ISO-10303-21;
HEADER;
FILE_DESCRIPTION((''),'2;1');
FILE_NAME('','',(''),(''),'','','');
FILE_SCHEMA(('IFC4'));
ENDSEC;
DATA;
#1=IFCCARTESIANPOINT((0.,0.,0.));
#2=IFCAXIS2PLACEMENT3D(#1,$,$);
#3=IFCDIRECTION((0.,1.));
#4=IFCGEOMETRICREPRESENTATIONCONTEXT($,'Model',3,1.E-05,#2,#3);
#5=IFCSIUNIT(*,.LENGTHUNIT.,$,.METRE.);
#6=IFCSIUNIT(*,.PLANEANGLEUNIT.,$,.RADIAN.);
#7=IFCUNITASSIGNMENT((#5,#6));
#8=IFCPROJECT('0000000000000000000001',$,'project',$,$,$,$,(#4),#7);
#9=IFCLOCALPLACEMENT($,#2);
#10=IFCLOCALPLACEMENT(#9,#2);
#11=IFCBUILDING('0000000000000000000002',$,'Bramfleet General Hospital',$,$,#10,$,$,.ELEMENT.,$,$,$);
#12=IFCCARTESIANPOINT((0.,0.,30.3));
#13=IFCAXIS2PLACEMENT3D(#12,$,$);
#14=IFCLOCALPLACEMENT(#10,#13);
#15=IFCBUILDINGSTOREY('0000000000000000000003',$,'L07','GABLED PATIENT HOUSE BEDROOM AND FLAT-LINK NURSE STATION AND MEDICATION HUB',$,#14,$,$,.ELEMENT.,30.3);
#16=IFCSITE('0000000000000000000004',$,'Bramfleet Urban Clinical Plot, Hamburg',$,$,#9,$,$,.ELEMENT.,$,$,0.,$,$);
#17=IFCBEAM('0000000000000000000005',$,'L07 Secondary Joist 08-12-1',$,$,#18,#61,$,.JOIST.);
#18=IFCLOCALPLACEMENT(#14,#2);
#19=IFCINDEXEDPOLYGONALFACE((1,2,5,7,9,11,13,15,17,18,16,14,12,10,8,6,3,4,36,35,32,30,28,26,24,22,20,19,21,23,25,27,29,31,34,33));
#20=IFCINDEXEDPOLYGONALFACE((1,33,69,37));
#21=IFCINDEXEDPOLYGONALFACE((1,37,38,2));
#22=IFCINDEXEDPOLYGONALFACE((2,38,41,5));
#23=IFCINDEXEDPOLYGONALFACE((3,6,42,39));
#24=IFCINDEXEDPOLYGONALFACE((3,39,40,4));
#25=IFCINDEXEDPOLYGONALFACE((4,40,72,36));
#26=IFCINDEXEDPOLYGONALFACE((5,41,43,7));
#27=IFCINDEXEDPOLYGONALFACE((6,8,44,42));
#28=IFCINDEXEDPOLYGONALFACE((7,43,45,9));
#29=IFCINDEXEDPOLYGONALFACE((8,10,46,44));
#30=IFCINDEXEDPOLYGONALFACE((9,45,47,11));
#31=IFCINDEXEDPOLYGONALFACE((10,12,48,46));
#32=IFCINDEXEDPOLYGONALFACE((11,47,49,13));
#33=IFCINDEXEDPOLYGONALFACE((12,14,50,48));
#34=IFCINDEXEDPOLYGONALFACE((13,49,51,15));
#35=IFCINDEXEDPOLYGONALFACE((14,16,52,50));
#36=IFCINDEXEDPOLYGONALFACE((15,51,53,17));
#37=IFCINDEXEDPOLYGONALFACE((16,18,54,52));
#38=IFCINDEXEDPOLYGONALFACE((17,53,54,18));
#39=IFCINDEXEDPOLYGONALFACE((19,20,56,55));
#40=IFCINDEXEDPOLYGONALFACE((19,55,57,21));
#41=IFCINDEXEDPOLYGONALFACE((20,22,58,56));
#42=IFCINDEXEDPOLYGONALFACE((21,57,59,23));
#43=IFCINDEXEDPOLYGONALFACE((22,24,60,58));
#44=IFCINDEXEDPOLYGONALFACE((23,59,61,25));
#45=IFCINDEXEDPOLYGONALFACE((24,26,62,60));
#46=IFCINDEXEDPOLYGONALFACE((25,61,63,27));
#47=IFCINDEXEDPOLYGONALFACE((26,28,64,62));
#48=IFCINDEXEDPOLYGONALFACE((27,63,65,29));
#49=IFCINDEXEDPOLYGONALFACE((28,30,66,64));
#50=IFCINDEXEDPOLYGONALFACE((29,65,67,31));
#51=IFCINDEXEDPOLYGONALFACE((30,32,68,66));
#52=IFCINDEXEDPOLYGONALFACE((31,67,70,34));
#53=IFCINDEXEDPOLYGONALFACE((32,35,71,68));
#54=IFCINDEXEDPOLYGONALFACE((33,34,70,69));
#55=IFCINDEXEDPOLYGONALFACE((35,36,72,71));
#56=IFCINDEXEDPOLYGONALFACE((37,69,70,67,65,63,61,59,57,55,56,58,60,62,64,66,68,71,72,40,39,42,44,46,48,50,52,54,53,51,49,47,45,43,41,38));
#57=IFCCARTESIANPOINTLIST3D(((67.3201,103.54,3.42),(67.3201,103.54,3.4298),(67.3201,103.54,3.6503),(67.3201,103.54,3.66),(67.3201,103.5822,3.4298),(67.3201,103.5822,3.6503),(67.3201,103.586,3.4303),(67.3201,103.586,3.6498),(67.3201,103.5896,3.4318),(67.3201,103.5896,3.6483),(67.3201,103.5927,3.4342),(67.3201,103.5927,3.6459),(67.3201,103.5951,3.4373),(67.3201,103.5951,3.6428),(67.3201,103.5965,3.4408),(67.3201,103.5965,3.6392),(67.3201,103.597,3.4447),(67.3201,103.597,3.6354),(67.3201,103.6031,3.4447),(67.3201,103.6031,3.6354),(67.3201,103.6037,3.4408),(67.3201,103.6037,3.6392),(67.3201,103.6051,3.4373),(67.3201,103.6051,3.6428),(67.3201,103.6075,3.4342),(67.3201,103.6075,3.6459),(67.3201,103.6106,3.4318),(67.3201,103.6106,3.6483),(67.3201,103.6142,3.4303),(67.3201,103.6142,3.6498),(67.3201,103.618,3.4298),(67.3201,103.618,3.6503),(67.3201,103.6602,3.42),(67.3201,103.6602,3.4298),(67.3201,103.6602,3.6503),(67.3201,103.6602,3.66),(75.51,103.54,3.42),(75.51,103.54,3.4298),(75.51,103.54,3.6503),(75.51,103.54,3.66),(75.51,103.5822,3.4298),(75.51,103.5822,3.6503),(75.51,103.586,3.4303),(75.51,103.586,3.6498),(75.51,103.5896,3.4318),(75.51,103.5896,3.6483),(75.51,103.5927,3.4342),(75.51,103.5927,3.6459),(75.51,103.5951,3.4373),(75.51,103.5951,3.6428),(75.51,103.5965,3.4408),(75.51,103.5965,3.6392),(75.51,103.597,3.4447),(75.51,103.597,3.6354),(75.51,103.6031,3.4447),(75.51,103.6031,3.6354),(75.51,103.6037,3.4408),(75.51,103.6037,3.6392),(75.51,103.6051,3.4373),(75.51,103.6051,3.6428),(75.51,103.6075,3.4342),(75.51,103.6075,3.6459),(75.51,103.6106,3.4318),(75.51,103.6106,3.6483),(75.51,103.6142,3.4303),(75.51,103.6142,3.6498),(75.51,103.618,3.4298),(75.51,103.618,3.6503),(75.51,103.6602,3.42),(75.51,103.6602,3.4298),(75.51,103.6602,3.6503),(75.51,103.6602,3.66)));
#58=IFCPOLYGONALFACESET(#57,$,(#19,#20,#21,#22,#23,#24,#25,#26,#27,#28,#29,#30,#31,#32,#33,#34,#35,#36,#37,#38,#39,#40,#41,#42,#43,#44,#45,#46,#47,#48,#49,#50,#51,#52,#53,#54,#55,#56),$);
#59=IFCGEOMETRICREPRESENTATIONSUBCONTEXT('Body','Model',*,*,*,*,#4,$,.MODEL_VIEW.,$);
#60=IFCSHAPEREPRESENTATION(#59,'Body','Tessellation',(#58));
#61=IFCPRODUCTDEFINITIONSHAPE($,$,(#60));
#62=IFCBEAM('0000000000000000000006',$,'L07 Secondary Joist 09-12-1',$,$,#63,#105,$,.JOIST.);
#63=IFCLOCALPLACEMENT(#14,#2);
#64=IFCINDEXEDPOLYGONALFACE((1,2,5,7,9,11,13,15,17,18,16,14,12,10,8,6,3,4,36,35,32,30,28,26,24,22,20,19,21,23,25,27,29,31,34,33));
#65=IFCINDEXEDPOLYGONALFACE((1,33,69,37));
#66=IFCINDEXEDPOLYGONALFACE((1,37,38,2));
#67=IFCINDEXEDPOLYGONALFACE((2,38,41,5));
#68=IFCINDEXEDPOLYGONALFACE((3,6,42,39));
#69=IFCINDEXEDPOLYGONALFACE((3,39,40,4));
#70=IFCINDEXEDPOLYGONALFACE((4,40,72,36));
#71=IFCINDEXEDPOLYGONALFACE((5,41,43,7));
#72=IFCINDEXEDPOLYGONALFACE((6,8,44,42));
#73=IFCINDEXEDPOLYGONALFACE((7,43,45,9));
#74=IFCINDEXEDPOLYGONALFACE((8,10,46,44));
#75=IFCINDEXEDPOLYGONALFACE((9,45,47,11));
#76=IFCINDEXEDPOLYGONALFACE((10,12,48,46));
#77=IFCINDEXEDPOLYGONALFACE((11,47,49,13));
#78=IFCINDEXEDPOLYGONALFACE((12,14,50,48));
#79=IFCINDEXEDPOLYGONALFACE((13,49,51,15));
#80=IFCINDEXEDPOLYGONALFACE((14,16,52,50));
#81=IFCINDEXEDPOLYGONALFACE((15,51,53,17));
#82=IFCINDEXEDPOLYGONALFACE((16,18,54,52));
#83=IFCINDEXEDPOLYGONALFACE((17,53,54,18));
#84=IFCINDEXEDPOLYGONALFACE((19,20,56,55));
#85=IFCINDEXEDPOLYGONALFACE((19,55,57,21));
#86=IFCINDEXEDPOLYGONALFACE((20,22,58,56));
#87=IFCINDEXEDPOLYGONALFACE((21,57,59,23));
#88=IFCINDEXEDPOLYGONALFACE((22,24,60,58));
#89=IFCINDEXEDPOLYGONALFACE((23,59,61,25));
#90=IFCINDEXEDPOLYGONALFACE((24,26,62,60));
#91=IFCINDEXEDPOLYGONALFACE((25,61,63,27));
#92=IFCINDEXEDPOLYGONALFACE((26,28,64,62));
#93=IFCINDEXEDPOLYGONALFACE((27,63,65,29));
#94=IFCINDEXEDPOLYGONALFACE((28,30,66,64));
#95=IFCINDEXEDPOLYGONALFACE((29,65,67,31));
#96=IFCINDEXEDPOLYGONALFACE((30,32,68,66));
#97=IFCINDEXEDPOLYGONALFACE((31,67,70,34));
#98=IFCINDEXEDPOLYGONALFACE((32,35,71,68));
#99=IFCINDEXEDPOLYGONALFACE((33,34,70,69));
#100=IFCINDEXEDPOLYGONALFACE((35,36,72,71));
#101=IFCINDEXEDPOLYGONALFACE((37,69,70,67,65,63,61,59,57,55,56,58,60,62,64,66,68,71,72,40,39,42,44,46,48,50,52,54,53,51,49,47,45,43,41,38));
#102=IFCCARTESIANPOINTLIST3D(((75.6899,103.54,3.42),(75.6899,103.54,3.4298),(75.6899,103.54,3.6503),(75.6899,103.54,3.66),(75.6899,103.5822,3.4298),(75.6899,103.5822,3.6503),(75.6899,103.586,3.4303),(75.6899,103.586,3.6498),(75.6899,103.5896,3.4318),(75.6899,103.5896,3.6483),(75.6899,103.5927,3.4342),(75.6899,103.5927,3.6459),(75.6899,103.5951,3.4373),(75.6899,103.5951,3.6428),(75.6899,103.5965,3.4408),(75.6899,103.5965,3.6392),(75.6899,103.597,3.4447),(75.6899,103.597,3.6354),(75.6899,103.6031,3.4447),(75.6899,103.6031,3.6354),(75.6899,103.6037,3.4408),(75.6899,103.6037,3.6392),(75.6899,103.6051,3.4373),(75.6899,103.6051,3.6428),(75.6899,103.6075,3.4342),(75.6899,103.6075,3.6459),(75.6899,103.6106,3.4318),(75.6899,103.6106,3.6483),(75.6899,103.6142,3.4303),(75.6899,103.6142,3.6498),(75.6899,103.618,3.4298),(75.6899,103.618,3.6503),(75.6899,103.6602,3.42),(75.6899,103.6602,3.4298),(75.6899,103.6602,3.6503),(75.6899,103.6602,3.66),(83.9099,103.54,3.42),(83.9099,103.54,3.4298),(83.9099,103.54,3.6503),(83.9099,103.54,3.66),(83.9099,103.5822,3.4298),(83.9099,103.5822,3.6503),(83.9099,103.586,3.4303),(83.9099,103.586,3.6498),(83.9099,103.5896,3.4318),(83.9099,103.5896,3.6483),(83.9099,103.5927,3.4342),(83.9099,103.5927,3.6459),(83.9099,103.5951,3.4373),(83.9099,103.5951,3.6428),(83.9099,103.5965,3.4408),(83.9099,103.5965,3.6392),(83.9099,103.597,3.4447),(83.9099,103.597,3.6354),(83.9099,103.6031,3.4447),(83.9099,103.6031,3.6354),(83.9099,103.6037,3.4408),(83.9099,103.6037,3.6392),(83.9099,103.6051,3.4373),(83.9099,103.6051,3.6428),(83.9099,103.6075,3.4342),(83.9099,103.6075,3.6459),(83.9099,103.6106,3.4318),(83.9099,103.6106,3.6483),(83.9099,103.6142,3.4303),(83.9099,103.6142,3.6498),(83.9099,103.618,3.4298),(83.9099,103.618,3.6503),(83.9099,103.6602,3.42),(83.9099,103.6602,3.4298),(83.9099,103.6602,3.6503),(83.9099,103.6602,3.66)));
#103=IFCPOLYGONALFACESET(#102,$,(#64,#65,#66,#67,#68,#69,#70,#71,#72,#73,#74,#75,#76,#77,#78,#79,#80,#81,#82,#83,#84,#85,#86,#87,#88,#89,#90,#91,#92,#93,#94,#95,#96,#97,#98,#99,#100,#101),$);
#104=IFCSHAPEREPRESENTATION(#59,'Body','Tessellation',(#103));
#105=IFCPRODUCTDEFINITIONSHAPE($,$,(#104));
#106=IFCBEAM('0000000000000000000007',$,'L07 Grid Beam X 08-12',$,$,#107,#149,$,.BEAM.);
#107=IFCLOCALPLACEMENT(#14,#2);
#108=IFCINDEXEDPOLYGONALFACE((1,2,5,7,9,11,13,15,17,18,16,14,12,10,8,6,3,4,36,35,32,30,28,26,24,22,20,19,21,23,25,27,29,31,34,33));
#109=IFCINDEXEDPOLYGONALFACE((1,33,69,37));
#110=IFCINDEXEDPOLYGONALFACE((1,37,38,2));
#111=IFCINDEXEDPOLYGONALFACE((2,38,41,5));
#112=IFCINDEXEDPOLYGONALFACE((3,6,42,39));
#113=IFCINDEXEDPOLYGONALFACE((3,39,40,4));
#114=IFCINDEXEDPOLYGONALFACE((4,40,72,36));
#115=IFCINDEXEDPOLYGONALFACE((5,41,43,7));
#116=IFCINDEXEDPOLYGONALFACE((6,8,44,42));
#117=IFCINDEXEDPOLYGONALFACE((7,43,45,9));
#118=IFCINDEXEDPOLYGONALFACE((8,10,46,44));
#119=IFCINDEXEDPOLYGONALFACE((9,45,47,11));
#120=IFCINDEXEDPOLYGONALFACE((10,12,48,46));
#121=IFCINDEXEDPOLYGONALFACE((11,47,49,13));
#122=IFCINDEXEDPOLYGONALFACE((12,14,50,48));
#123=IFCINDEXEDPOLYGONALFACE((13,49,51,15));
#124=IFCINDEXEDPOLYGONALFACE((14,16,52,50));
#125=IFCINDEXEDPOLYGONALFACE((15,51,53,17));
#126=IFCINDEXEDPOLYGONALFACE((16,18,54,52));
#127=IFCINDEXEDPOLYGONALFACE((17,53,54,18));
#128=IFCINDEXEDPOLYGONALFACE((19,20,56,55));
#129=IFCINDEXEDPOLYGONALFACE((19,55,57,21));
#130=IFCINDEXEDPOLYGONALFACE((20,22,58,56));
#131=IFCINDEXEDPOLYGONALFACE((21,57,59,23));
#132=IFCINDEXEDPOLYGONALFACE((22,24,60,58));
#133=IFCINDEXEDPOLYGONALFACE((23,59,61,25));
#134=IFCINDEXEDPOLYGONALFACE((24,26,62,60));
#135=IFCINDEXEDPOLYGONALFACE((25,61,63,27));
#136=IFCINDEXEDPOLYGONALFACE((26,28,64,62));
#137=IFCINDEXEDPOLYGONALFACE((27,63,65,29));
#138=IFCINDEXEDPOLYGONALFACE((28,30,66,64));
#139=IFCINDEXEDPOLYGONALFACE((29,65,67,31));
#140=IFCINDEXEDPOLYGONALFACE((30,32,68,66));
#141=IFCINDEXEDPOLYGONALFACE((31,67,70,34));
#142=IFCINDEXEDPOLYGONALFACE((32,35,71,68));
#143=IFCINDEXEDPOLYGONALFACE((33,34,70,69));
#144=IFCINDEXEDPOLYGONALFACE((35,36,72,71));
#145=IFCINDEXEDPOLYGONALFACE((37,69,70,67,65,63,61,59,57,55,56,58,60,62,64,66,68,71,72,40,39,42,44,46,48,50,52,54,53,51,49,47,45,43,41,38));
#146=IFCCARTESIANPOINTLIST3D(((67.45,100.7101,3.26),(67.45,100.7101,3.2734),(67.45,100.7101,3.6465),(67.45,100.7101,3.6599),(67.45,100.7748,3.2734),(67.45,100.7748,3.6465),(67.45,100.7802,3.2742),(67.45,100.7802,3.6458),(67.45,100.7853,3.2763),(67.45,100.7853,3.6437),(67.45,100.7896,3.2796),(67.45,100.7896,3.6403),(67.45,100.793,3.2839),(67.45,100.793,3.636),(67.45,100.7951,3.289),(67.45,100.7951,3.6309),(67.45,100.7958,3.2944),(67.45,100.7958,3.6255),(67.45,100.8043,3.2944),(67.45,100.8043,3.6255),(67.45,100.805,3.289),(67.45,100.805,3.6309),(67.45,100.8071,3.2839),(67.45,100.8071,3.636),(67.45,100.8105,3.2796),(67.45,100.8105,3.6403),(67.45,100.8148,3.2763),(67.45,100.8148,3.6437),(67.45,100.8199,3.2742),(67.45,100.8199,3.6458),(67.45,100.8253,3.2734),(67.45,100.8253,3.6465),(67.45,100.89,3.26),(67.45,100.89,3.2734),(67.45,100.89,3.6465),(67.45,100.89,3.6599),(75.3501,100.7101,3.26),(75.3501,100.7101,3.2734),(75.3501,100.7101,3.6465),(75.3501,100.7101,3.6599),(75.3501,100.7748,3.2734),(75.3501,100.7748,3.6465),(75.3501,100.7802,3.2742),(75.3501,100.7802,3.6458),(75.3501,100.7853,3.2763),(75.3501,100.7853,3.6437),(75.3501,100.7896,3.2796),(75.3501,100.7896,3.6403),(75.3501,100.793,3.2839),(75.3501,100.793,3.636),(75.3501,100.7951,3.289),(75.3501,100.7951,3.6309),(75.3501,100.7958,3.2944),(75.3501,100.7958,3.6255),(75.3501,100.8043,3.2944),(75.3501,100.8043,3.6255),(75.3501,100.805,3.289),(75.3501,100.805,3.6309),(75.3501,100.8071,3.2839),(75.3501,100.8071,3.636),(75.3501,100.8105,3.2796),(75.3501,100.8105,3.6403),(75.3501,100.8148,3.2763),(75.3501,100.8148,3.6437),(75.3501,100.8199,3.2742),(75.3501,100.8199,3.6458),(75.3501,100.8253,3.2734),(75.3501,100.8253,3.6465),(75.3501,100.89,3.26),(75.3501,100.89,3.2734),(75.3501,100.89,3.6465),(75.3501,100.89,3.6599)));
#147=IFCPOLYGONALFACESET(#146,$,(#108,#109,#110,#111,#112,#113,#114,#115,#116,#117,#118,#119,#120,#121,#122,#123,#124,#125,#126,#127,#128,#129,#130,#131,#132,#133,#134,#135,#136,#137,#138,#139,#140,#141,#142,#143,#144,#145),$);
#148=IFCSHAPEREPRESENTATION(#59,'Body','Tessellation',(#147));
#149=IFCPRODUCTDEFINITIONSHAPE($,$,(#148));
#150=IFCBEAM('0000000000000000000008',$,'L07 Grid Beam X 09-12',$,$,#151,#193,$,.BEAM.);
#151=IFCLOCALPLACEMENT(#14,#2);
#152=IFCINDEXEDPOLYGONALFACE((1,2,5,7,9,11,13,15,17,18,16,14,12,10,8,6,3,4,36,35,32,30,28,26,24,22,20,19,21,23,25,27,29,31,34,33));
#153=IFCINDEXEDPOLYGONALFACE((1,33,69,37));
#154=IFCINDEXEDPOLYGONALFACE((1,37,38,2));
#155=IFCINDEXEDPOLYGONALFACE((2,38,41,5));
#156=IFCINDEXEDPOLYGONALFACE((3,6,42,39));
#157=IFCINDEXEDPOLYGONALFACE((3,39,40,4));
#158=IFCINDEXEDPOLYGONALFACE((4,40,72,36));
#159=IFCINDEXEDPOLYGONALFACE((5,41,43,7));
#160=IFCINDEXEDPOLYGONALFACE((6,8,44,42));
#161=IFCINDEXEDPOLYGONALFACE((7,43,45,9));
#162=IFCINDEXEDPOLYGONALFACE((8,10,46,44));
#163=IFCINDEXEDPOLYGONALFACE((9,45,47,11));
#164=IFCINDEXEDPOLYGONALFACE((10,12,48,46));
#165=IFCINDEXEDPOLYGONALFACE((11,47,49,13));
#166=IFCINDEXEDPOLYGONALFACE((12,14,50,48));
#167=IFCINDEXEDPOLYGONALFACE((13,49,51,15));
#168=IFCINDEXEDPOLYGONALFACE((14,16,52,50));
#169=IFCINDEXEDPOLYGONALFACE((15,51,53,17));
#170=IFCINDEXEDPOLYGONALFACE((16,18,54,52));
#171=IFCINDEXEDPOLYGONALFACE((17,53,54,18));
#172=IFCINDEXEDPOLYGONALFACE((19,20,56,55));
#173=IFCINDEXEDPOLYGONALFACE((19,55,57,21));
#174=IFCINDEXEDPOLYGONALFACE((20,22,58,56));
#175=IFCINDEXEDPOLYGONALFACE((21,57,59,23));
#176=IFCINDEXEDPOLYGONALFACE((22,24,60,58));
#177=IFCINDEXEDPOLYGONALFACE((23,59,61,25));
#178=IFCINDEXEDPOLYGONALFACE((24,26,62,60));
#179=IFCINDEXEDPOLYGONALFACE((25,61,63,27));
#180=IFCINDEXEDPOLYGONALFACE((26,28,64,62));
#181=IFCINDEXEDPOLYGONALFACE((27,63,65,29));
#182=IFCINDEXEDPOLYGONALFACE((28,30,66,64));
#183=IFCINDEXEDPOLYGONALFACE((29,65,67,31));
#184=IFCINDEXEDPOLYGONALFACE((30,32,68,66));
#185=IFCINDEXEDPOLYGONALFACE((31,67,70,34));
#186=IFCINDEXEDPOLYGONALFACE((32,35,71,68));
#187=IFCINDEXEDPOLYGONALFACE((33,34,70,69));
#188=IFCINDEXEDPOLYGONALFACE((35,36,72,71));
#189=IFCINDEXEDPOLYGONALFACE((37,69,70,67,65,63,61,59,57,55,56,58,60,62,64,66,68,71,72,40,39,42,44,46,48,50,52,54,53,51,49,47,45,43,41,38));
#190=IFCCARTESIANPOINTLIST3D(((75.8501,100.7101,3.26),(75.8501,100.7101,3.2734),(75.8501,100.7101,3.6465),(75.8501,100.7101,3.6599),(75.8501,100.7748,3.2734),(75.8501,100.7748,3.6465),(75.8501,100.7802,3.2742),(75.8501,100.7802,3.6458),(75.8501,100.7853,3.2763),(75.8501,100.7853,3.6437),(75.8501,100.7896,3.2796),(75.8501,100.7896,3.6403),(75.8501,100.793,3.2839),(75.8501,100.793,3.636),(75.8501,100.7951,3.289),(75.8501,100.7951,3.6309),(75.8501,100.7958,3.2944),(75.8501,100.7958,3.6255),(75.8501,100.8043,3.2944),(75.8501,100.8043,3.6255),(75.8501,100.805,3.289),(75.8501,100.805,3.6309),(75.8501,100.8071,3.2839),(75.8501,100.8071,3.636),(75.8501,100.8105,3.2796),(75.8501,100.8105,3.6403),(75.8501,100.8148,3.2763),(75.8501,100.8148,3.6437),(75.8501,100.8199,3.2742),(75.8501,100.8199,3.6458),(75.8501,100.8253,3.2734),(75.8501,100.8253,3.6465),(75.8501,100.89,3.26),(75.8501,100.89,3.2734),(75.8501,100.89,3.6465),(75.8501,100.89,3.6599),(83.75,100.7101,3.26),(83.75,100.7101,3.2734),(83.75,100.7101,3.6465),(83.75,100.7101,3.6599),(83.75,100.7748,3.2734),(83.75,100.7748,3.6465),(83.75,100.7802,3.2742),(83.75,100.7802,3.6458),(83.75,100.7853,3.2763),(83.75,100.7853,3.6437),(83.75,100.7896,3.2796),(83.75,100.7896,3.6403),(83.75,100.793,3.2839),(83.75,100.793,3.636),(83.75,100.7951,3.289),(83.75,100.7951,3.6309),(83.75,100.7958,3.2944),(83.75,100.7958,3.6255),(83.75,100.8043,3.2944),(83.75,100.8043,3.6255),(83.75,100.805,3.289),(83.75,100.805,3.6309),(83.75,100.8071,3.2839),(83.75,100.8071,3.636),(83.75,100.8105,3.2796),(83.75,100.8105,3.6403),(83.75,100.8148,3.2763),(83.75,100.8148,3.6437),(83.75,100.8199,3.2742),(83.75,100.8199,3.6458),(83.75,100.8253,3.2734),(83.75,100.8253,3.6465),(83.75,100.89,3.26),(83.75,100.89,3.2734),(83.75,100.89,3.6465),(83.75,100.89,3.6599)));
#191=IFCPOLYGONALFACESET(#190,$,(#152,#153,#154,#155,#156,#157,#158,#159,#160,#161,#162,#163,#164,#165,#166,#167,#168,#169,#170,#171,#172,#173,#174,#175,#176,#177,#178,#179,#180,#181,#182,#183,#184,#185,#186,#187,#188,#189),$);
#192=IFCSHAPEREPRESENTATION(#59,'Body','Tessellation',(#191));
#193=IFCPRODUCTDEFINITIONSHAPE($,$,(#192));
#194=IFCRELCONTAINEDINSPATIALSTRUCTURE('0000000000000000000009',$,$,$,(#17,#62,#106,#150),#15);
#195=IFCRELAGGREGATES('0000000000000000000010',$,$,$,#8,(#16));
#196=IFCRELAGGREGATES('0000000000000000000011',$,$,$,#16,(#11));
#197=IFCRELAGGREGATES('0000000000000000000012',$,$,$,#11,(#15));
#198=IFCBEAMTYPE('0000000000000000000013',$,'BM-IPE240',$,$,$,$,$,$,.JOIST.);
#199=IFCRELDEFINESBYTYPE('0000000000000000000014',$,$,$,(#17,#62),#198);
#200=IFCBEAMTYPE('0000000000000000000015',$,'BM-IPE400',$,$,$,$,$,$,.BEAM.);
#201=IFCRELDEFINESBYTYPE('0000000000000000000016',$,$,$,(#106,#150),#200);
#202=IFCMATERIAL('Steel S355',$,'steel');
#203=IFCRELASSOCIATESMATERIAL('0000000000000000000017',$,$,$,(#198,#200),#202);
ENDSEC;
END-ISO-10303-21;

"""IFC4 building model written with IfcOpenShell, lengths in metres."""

from ifc_helpers import new_model, si_unit, direction, frame, origin, origin_2d, place, context, subcontext, project, spatial, i_section, extrude, material, material_profile, profile_set, type_object, element, save


model = new_model("IFC4")

# Units and contexts
model_context = context("Model", 3, precision=1e-05, world=origin(), true_north=direction((0.0, 1.0)))
body_context = subcontext(model_context, "Body", "Model", "MODEL_VIEW")
ifc_project = project(units=[si_unit("LENGTHUNIT", "METRE"), si_unit("PLANEANGLEUNIT", "RADIAN")], contexts=[model_context])

# Site, building, storey
site_placement = place(None, origin())
site = spatial("IfcSite", under=ifc_project, at=site_placement, Name="Bramfleet Urban Clinical Plot, Hamburg", CompositionType="ELEMENT", RefElevation=0.0)
building_placement = place(site_placement, origin())
building = spatial("IfcBuilding", under=site, at=building_placement, Name="Bramfleet General Hospital", CompositionType="ELEMENT")
storey_placement = place(building_placement, frame((0.0, 0.0, 30.3)))
storey = spatial("IfcBuildingStorey", under=building, at=storey_placement, Name="L07", Description="GABLED PATIENT HOUSE BEDROOM AND FLAT-LINK NURSE STATION AND MEDICATION HUB", CompositionType="ELEMENT", Elevation=30.3)

# Beams
ifc_material_1 = material(Name="Steel S355", Category="steel")
ifc_material_profile_1 = material_profile(ifc_material_1, i_section(OverallWidth=0.1201, OverallDepth=0.24, WebThickness=0.0061, FlangeThickness=0.0098, FilletRadius=0.0149, at=origin_2d()), Name="IPE 240")
ifc_profile_set_1 = profile_set([ifc_material_profile_1], Name="Steel S355")
beam_type_1 = type_object("IfcBeamType", Name="BM-IPE240", PredefinedType="JOIST", material=ifc_profile_set_1)
for number, where, z_axis, x_axis, name in (
    (1, (67.3201, 103.6001, 3.54), (1.0, 0.0, 0.0), (0.0, 1.0, 0.0), "L07 Secondary Joist 08-12-1"),
):
    element("IfcBeam", number, at=place(storey_placement, frame(where, z_axis=z_axis, x_axis=x_axis)), inside=storey, type_object=beam_type_1, Name=name, PredefinedType="JOIST", context=body_context, shape_type="SweptSolid", body=[
        extrude(i_section(OverallWidth=0.1201, OverallDepth=0.24, WebThickness=0.0061, FlangeThickness=0.0098, FilletRadius=0.0149, at=origin_2d()), origin(), (0.0, 0.0, 1.0), 8.1899),
    ])
beam_1_placement = place(storey_placement, frame((75.6899, 103.6001, 3.54), z_axis=(1.0, 0.0, 0.0), x_axis=(0.0, 1.0, 0.0)))
element("IfcBeam", 2, at=beam_1_placement, inside=storey, type_object=beam_type_1, Name="L07 Secondary Joist 09-12-1", PredefinedType="JOIST", context=body_context, shape_type="SweptSolid", body=[
    extrude(i_section(OverallWidth=0.1201, OverallDepth=0.24, WebThickness=0.0061, FlangeThickness=0.0098, FilletRadius=0.0149, at=origin_2d()), origin(), (0.0, 0.0, 1.0), 8.22),
])
ifc_material_profile_2 = material_profile(ifc_material_1, i_section(OverallWidth=0.1799, OverallDepth=0.3999, WebThickness=0.0085, FlangeThickness=0.0134, FilletRadius=0.021, at=origin_2d()), Name="IPE 400")
ifc_profile_set_2 = profile_set([ifc_material_profile_2], Name="Steel S355")
beam_type_2 = type_object("IfcBeamType", Name="BM-IPE400", PredefinedType="BEAM", material=ifc_profile_set_2)
beam_2_placement = place(storey_placement, frame((67.45, 100.8, 3.46), z_axis=(1.0, 0.0, 0.0), x_axis=(0.0, 1.0, 0.0)))
element("IfcBeam", 3, at=beam_2_placement, inside=storey, type_object=beam_type_2, Name="L07 Grid Beam X 08-12", PredefinedType="BEAM", context=body_context, shape_type="SweptSolid", body=[
    extrude(i_section(OverallWidth=0.1799, OverallDepth=0.3999, WebThickness=0.0085, FlangeThickness=0.0134, FilletRadius=0.021, at=origin_2d()), origin(), (0.0, 0.0, 1.0), 7.9001),
])
for number, where, z_axis, x_axis, name in (
    (4, (75.8501, 100.8, 3.46), (1.0, 0.0, 0.0), (0.0, 1.0, 0.0), "L07 Grid Beam X 09-12"),
):
    element("IfcBeam", number, at=place(storey_placement, frame(where, z_axis=z_axis, x_axis=x_axis)), inside=storey, type_object=beam_type_2, Name=name, PredefinedType="BEAM", context=body_context, shape_type="SweptSolid", body=[
        extrude(i_section(OverallWidth=0.1799, OverallDepth=0.3999, WebThickness=0.0085, FlangeThickness=0.0134, FilletRadius=0.021, at=origin_2d()), origin(), (0.0, 0.0, 1.0), 7.8999),
    ])

save(model, "model.ifc")
